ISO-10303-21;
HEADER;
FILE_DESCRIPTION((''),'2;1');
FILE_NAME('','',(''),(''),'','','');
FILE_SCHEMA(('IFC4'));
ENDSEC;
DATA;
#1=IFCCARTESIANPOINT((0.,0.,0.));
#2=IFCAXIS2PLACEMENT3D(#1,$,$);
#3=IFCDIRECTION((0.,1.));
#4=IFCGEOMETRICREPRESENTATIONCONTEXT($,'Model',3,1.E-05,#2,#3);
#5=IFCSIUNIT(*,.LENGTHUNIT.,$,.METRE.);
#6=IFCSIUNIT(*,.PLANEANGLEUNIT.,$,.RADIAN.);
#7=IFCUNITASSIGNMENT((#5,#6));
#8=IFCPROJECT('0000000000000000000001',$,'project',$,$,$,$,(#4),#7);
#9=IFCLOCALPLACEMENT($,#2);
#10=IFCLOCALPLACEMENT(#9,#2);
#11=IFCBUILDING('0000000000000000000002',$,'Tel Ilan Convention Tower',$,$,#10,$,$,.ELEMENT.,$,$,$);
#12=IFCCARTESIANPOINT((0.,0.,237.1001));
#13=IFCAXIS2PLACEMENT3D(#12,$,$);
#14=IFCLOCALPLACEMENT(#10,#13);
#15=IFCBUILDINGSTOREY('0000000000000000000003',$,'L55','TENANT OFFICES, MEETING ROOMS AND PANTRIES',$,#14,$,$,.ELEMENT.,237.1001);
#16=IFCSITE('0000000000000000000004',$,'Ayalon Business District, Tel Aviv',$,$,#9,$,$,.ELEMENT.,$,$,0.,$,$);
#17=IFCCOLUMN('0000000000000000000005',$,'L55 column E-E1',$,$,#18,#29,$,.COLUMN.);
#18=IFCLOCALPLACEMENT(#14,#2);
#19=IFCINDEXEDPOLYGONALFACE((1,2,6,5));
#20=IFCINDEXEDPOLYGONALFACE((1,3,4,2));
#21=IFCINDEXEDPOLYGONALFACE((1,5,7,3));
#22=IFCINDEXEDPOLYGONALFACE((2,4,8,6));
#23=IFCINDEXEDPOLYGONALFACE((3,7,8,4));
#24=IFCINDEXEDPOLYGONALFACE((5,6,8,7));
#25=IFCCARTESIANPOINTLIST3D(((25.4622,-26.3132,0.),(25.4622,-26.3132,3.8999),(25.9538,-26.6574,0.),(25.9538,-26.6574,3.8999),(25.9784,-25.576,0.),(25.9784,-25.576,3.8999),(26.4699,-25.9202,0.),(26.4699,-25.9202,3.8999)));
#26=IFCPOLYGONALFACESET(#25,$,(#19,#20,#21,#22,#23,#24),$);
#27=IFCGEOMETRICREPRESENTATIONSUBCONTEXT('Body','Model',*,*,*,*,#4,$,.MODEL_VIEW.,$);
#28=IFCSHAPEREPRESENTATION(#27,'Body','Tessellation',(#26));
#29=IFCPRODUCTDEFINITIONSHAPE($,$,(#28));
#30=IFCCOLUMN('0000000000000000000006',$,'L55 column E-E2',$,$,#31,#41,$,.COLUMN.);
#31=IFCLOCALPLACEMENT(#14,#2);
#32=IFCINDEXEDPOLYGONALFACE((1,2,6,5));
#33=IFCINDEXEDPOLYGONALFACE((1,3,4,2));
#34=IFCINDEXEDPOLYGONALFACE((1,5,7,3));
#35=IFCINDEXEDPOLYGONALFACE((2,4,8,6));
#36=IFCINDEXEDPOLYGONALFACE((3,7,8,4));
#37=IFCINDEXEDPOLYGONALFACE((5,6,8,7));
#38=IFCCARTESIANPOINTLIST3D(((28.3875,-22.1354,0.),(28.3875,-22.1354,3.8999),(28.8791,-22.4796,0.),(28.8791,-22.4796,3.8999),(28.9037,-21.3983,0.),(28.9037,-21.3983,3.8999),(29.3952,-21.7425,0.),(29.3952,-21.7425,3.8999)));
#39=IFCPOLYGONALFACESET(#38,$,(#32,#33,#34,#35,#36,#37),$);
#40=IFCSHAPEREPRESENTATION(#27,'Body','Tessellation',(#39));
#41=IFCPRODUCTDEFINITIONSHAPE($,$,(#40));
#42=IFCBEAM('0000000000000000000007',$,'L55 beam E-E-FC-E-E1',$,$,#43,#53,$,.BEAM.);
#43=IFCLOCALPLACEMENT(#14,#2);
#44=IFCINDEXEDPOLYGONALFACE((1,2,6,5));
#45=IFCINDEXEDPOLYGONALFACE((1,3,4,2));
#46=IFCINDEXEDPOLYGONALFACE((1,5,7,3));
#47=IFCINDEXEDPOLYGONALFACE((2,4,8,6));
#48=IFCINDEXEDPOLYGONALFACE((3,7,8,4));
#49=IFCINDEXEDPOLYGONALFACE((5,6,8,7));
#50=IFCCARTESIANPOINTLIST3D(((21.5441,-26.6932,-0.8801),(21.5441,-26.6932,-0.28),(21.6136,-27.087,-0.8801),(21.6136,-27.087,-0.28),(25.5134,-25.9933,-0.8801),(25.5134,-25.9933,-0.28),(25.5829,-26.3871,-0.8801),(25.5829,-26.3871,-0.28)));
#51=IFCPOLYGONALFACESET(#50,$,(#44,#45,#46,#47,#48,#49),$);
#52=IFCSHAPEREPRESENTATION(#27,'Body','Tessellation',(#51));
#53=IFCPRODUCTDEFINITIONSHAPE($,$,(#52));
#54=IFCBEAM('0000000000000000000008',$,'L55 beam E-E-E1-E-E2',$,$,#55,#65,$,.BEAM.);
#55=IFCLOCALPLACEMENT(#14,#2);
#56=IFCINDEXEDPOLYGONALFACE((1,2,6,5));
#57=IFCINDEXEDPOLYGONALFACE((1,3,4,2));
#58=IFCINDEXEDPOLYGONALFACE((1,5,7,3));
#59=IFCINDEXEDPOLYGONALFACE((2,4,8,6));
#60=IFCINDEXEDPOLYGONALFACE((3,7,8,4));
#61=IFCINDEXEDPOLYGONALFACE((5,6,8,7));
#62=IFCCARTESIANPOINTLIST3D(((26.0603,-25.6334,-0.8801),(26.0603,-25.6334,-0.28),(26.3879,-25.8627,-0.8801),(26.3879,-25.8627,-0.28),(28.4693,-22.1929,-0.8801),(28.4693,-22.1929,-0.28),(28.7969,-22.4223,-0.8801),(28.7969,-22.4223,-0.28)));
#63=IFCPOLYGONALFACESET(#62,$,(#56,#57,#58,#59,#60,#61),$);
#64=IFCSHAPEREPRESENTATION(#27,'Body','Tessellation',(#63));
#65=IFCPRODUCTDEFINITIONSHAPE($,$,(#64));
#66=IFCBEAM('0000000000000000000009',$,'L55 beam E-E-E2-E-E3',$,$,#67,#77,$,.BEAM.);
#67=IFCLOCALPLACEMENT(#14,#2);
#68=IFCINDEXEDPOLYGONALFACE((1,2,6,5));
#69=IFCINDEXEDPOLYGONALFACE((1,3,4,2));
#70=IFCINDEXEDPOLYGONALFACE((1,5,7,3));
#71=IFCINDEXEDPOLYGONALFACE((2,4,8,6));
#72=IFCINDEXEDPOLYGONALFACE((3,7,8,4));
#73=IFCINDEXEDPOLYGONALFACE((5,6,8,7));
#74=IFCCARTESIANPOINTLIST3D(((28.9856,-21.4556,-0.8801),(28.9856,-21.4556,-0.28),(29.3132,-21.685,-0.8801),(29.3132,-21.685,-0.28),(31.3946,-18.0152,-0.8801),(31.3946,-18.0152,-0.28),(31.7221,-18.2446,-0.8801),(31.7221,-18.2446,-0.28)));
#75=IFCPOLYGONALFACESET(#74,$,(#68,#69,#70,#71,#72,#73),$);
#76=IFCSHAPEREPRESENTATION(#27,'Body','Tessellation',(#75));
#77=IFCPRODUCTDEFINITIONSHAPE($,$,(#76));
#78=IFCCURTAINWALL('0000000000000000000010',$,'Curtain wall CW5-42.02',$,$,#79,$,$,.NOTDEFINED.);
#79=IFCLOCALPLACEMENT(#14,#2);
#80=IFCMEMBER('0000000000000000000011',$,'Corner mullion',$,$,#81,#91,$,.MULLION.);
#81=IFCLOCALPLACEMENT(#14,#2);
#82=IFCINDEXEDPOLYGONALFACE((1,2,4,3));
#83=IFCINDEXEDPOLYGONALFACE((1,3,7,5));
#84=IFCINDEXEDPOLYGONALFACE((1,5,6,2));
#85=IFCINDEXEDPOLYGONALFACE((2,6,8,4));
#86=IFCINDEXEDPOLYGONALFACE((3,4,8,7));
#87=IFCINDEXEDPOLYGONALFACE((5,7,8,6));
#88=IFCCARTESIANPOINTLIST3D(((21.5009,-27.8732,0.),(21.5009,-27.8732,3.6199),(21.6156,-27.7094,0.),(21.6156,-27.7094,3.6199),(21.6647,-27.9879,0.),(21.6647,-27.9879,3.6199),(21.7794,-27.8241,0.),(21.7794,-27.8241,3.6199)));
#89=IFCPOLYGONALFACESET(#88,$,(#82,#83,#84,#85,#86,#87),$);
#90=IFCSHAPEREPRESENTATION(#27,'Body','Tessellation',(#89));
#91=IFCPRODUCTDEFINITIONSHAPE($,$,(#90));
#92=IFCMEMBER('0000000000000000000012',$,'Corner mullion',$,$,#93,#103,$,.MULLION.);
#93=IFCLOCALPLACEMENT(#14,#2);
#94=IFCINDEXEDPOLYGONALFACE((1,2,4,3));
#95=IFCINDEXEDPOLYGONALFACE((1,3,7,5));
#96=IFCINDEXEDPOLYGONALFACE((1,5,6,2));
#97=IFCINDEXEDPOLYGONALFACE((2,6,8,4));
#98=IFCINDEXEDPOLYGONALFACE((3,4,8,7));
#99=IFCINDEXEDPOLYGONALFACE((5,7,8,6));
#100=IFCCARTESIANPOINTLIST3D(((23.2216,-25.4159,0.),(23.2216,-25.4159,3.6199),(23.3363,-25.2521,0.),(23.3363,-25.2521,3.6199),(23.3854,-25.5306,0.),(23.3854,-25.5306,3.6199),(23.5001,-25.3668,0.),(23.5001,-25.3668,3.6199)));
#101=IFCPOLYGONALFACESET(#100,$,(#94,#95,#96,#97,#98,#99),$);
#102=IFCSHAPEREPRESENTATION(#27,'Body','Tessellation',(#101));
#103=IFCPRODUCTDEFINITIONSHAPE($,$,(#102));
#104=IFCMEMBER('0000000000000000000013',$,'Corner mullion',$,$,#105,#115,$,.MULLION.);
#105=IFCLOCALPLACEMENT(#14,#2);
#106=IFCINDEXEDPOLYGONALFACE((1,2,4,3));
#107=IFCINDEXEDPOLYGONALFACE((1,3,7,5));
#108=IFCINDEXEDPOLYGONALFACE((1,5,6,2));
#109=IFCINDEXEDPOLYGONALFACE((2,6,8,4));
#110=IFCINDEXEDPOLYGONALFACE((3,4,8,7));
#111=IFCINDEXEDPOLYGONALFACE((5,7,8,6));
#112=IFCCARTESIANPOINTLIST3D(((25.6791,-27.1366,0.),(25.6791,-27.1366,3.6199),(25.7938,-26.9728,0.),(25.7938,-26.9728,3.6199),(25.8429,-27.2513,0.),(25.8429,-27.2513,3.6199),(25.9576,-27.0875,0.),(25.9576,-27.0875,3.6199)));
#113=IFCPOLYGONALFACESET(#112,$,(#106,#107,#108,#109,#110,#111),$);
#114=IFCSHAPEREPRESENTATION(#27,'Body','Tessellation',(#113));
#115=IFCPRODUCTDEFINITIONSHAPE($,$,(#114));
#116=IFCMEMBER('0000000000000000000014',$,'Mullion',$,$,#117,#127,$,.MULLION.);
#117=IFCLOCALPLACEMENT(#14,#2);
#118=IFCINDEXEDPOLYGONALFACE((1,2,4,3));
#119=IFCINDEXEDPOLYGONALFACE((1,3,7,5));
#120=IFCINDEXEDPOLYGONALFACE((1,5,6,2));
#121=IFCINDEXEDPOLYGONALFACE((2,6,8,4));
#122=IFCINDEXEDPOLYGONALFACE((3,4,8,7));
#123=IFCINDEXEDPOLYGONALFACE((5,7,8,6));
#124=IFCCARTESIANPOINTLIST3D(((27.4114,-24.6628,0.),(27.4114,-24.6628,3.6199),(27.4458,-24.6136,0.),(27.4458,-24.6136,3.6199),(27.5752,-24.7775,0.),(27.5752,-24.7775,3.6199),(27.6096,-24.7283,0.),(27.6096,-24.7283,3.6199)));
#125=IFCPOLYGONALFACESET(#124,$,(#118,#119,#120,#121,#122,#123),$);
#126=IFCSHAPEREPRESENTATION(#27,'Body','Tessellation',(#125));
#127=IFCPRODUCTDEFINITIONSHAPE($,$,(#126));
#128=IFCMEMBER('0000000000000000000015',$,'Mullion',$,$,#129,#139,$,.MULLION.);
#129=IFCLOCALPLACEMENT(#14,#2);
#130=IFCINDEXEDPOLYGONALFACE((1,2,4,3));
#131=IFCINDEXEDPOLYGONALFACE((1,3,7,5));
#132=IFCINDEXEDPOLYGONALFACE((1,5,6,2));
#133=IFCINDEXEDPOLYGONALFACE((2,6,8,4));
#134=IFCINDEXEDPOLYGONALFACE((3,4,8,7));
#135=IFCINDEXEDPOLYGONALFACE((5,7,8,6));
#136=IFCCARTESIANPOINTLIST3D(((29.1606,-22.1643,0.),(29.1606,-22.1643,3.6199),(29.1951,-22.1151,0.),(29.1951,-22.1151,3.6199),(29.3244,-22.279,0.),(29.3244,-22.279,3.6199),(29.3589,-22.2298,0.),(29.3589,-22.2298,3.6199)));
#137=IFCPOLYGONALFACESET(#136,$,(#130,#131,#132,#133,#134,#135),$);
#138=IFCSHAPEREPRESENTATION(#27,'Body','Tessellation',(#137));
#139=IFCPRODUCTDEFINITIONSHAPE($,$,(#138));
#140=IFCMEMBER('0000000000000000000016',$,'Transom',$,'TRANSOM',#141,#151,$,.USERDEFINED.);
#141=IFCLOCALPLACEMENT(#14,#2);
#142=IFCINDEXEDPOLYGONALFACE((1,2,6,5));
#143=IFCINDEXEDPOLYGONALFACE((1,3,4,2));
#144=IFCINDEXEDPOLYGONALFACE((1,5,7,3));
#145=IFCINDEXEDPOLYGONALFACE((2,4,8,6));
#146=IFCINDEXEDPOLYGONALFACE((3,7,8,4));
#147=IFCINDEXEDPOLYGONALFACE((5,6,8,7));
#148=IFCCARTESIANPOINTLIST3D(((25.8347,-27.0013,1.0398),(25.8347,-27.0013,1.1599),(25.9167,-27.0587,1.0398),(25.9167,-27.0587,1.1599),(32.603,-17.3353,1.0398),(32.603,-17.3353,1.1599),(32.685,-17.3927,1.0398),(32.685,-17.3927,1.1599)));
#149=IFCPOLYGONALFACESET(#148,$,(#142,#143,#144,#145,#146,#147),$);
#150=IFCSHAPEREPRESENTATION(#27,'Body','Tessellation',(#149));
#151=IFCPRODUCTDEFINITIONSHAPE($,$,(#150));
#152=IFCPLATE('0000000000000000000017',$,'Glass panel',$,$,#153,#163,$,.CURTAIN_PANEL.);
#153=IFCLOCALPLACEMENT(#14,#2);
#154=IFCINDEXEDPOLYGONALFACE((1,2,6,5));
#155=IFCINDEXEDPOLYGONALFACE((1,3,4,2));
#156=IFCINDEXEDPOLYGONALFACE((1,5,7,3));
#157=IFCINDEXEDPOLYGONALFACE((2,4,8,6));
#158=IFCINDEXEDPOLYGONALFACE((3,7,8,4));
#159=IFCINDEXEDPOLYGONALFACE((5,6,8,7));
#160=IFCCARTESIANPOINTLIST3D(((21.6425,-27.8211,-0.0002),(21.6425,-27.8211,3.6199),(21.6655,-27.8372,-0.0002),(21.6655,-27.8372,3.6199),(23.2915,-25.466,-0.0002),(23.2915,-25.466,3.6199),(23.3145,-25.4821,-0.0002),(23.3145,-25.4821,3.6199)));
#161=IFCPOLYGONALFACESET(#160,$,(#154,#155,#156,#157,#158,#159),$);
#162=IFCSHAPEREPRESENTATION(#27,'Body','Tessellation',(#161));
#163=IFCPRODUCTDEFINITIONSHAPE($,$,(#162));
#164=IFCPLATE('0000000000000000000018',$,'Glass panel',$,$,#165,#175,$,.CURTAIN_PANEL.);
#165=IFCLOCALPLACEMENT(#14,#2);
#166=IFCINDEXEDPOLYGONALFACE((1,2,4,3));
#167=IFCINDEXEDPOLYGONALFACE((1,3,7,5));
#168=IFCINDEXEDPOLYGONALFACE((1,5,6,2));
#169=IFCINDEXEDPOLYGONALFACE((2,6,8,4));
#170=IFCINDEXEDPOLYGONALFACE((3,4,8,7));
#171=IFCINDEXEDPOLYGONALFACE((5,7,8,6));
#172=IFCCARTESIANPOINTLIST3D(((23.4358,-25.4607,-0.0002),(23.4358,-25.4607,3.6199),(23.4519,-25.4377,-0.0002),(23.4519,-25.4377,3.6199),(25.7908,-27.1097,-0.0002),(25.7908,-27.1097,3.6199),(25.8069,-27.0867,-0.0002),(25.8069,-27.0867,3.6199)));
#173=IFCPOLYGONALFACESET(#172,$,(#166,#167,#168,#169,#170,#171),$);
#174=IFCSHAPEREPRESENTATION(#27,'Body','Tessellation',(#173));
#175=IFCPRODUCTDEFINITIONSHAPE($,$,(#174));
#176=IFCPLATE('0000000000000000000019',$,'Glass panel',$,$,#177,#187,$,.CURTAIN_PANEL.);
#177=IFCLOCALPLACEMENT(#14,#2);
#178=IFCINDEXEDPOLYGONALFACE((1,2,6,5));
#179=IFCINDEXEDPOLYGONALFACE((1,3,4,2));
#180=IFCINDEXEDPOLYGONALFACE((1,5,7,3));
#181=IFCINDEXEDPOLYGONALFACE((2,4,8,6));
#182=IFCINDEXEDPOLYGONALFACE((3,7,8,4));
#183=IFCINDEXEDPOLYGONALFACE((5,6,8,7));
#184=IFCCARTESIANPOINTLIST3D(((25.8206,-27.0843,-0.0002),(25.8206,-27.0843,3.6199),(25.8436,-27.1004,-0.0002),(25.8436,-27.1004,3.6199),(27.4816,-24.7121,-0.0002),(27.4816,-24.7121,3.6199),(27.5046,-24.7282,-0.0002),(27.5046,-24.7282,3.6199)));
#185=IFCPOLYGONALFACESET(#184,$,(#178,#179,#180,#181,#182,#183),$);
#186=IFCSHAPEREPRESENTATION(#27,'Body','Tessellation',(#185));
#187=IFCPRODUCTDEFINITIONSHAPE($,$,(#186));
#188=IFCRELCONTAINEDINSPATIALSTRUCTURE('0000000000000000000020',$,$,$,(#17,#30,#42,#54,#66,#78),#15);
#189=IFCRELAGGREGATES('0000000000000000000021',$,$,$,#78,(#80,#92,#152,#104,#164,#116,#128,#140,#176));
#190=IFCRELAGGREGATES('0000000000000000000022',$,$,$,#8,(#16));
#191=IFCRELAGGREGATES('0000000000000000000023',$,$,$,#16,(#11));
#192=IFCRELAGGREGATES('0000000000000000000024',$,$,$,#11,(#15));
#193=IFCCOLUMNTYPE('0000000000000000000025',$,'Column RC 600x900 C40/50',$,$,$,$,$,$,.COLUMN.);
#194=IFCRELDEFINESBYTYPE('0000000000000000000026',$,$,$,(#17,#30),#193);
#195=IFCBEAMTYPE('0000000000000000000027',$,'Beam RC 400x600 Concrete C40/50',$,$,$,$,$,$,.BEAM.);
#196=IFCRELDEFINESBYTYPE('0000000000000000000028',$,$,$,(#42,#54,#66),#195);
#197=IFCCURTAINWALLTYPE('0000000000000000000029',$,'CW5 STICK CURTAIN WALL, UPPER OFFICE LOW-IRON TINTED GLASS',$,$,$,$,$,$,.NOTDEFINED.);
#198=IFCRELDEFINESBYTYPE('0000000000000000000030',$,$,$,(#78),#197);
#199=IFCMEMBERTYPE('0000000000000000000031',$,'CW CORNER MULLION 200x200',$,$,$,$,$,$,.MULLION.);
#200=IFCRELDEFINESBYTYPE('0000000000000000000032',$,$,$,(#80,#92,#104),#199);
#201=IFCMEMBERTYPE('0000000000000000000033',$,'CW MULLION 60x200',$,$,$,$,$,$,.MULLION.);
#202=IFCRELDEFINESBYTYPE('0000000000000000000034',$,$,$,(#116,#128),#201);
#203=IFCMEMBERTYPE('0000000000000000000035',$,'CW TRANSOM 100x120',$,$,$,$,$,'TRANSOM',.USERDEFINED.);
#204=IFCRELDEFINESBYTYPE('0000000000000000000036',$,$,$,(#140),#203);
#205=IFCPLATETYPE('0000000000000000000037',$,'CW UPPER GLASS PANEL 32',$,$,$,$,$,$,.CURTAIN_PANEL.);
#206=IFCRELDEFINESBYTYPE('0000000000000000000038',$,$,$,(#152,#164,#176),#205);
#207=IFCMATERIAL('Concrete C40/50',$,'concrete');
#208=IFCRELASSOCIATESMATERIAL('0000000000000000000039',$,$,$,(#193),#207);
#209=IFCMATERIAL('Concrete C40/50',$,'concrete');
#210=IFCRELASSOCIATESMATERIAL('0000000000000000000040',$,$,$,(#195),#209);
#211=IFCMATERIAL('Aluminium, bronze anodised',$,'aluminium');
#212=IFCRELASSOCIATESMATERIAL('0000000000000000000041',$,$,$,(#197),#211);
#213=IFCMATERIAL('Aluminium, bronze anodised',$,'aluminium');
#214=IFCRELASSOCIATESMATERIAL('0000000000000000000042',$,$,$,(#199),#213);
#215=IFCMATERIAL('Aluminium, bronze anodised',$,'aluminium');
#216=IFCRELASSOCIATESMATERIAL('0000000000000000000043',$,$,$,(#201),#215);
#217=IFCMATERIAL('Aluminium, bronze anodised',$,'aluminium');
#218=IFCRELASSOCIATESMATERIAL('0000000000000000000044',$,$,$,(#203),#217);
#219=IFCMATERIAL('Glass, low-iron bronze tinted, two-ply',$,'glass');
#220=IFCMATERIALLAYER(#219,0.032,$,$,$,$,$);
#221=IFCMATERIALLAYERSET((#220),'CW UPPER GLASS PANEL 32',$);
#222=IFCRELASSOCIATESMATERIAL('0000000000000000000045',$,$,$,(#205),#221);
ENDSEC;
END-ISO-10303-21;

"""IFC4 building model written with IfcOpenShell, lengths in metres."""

from ifc_helpers import new_model, si_unit, direction, frame, origin, origin_2d, place, context, subcontext, project, spatial, rectangle, extrude, material, layer, layer_set, material_profile, profile_set, type_object, element, aggregate, save


model = new_model("IFC4")

# Units and contexts
model_context = context("Model", 3, precision=1e-05, world=origin(), true_north=direction((0.0, 1.0)))
body_context = subcontext(model_context, "Body", "Model", "MODEL_VIEW")
ifc_project = project(units=[si_unit("LENGTHUNIT", "METRE"), si_unit("PLANEANGLEUNIT", "RADIAN")], contexts=[model_context])

# Site, building, storey
site_placement = place(None, origin())
site = spatial("IfcSite", under=ifc_project, at=site_placement, Name="Ayalon Business District, Tel Aviv", CompositionType="ELEMENT", RefElevation=0.0)
building_placement = place(site_placement, origin())
building = spatial("IfcBuilding", under=site, at=building_placement, Name="Tel Ilan Convention Tower", CompositionType="ELEMENT")
storey_placement = place(building_placement, frame((0.0, 0.0, 237.1001)))
storey = spatial("IfcBuildingStorey", under=building, at=storey_placement, Name="L55", Description="TENANT OFFICES, MEETING ROOMS AND PANTRIES", CompositionType="ELEMENT", Elevation=237.1001)

# Columns
ifc_material_1 = material(Name="Concrete C40/50", Category="concrete")
ifc_material_profile_1 = material_profile(ifc_material_1, rectangle(XDim=0.8999, YDim=0.6001, at=origin_2d()), Name="RC 600x900")
ifc_profile_set_1 = profile_set([ifc_material_profile_1], Name="Concrete C40/50")
column_type = type_object("IfcColumnType", Name="Column RC 600x900 C40/50", PredefinedType="COLUMN", material=ifc_profile_set_1)
for number, where, z_axis, x_axis, name in (
    (1, (25.9661, -26.1167, 0.0), (0.0, 0.0, 1.0), (0.573576, 0.819152, 0.0), "L55 column E-E1"),
    (2, (28.8914, -21.939, 0.0), (0.0, 0.0, 1.0), (0.573576, 0.819152, 0.0), "L55 column E-E2"),
):
    element("IfcColumn", number, at=place(storey_placement, frame(where, z_axis=z_axis, x_axis=x_axis)), inside=storey, type_object=column_type, Name=name, PredefinedType="COLUMN", context=body_context, shape_type="SweptSolid", body=[
        extrude(rectangle(XDim=0.8999, YDim=0.6001, at=origin_2d()), origin(), (0.0, 0.0, 1.0), 3.8999),
    ])

# Beams
ifc_material_2 = material(Name="Concrete C40/50", Category="concrete")
ifc_material_profile_2 = material_profile(ifc_material_2, rectangle(XDim=0.3999, YDim=0.6001, at=origin_2d()), Name="RC 400x600")
ifc_profile_set_2 = profile_set([ifc_material_profile_2], Name="Concrete C40/50")
beam_type = type_object("IfcBeamType", Name="Beam RC 400x600 Concrete C40/50", PredefinedType="BEAM", material=ifc_profile_set_2)
beam_placement = place(storey_placement, frame((21.5789, -26.8901, -0.5801), z_axis=(0.984805, 0.173664, 0.0), x_axis=(-0.173664, 0.984805, 0.0)))
element("IfcBeam", 3, at=beam_placement, inside=storey, type_object=beam_type, Name="L55 beam E-E-FC-E-E1", PredefinedType="BEAM", context=body_context, shape_type="SweptSolid", body=[
    extrude(rectangle(XDim=0.3999, YDim=0.6001, at=origin_2d()), origin(), (0.0, 0.0, 1.0), 4.0305),
])
for number, where, z_axis, x_axis, name in (
    (4, (26.2241, -25.748, -0.5801), (0.573564, 0.819161, 0.0), (-0.819161, 0.573564, 0.0), "L55 beam E-E-E1-E-E2"),
    (5, (29.1494, -21.5703, -0.5801), (0.573564, 0.819161, 0.0), (-0.819161, 0.573564, 0.0), "L55 beam E-E-E2-E-E3"),
):
    element("IfcBeam", number, at=place(storey_placement, frame(where, z_axis=z_axis, x_axis=x_axis)), inside=storey, type_object=beam_type, Name=name, PredefinedType="BEAM", context=body_context, shape_type="SweptSolid", body=[
        extrude(rectangle(XDim=0.3999, YDim=0.6001, at=origin_2d()), origin(), (0.0, 0.0, 1.0), 4.2),
    ])

# Curtain wall, members, plates
ifc_material_3 = material(Name="Aluminium, bronze anodised", Category="aluminium")
curtain_wall_type = type_object("IfcCurtainWallType", Name="CW5 STICK CURTAIN WALL, UPPER OFFICE LOW-IRON TINTED GLASS", PredefinedType="NOTDEFINED", material=ifc_material_3)
curtain_wall_placement = place(storey_placement, origin())
curtain_wall = element("IfcCurtainWall", 6, at=curtain_wall_placement, inside=storey, type_object=curtain_wall_type, Name="Curtain wall CW5-42.02", PredefinedType="NOTDEFINED")
ifc_material_4 = material(Name="Aluminium, bronze anodised", Category="aluminium")
ifc_material_profile_3 = material_profile(ifc_material_4, rectangle(XDim=0.2, YDim=0.2, at=origin_2d()), Name="CW CORNER MULLION 200x200")
ifc_profile_set_3 = profile_set([ifc_material_profile_3], Name="Aluminium, bronze anodised")
member_type_1 = type_object("IfcMemberType", Name="CW CORNER MULLION 200x200", PredefinedType="MULLION", material=ifc_profile_set_3)
member_1_placement = place(storey_placement, frame((21.6401, -27.8486, 0.0), z_axis=(0.0, 0.0, 1.0), x_axis=(0.819152, -0.573576, 0.0)))
member_1 = element("IfcMember", 7, at=member_1_placement, type_object=member_type_1, Name="Corner mullion", PredefinedType="MULLION", context=body_context, shape_type="SweptSolid", body=[
    extrude(rectangle(XDim=0.2, YDim=0.2, at=origin_2d()), origin(), (0.0, 0.0, 1.0), 3.6199),
])
member_2_placement = place(storey_placement, frame((23.3608, -25.3914, 0.0), z_axis=(0.0, 0.0, 1.0), x_axis=(0.573576, 0.819152, 0.0)))
member_2 = element("IfcMember", 8, at=member_2_placement, type_object=member_type_1, Name="Corner mullion", PredefinedType="MULLION", context=body_context, shape_type="SweptSolid", body=[
    extrude(rectangle(XDim=0.2, YDim=0.2, at=origin_2d()), origin(), (0.0, 0.0, 1.0), 3.6199),
])
member_3_placement = place(storey_placement, frame((25.8184, -27.1121, 0.0), z_axis=(0.0, 0.0, 1.0), x_axis=(0.819152, -0.573576, 0.0)))
member_3 = element("IfcMember", 9, at=member_3_placement, type_object=member_type_1, Name="Corner mullion", PredefinedType="MULLION", context=body_context, shape_type="SweptSolid", body=[
    extrude(rectangle(XDim=0.2, YDim=0.2, at=origin_2d()), origin(), (0.0, 0.0, 1.0), 3.6199),
])
ifc_material_5 = material(Name="Aluminium, bronze anodised", Category="aluminium")
ifc_material_profile_4 = material_profile(ifc_material_5, rectangle(XDim=0.0601, YDim=0.2, at=origin_2d()), Name="CW MULLION 60x200")
ifc_profile_set_4 = profile_set([ifc_material_profile_4], Name="Aluminium, bronze anodised")
member_type_2 = type_object("IfcMemberType", Name="CW MULLION 60x200", PredefinedType="MULLION", material=ifc_profile_set_4)
member_4_placement = place(storey_placement, frame((27.5105, -24.6956, 0.0), z_axis=(0.0, 0.0, 1.0), x_axis=(0.573576, 0.819152, 0.0)))
member_4 = element("IfcMember", 10, at=member_4_placement, type_object=member_type_2, Name="Mullion", PredefinedType="MULLION", context=body_context, shape_type="SweptSolid", body=[
    extrude(rectangle(XDim=0.0601, YDim=0.2, at=origin_2d()), origin(), (0.0, 0.0, 1.0), 3.6199),
])
member_5_placement = place(storey_placement, frame((29.2598, -22.197, 0.0), z_axis=(0.0, 0.0, 1.0), x_axis=(0.573576, 0.819152, 0.0)))
member_5 = element("IfcMember", 11, at=member_5_placement, type_object=member_type_2, Name="Mullion", PredefinedType="MULLION", context=body_context, shape_type="SweptSolid", body=[
    extrude(rectangle(XDim=0.0601, YDim=0.2, at=origin_2d()), origin(), (0.0, 0.0, 1.0), 3.6199),
])
ifc_material_6 = material(Name="Aluminium, bronze anodised", Category="aluminium")
ifc_material_profile_5 = material_profile(ifc_material_6, rectangle(XDim=0.1001, YDim=0.1201, at=origin_2d()), Name="CW TRANSOM 100x120")
ifc_profile_set_5 = profile_set([ifc_material_profile_5], Name="Aluminium, bronze anodised")
member_type_3 = type_object("IfcMemberType", Name="CW TRANSOM 100x120", ElementType="TRANSOM", PredefinedType="USERDEFINED", material=ifc_profile_set_5)
member_6_placement = place(storey_placement, frame((25.8757, -27.03, 1.0999), z_axis=(0.573582, 0.819148, 0.0), x_axis=(-0.819148, 0.573582, 0.0)))
member_6 = element("IfcMember", 12, at=member_6_placement, type_object=member_type_3, Name="Transom", ObjectType="TRANSOM", PredefinedType="USERDEFINED", context=body_context, shape_type="SweptSolid", body=[
    extrude(rectangle(XDim=0.1001, YDim=0.1201, at=origin_2d()), origin(), (0.0, 0.0, 1.0), 11.8),
])
ifc_material_7 = material(Name="Glass, low-iron bronze tinted, two-ply", Category="glass")
ifc_layer_1 = layer(ifc_material_7, 0.032)
ifc_layer_set_1 = layer_set([ifc_layer_1], Name="CW UPPER GLASS PANEL 32")
plate_type = type_object("IfcPlateType", Name="CW UPPER GLASS PANEL 32", PredefinedType="CURTAIN_PANEL", material=ifc_layer_set_1)
plate_1_placement = place(storey_placement, frame((22.4785, -26.6516, -0.0002), z_axis=(0.0, 0.0, 1.0), x_axis=(0.573576, 0.819152, 0.0)))
plate_1 = element("IfcPlate", 13, at=plate_1_placement, type_object=plate_type, Name="Glass panel", PredefinedType="CURTAIN_PANEL", context=body_context, shape_type="SweptSolid", body=[
    extrude(rectangle(XDim=2.875, YDim=0.0281, at=origin_2d()), origin(), (0.0, 0.0, 1.0), 3.6201),
])
plate_2_placement = place(storey_placement, frame((24.6213, -26.2737, -0.0002), z_axis=(0.0, 0.0, 1.0), x_axis=(0.819152, -0.573576, 0.0)))
plate_2 = element("IfcPlate", 14, at=plate_2_placement, type_object=plate_type, Name="Glass panel", PredefinedType="CURTAIN_PANEL", context=body_context, shape_type="SweptSolid", body=[
    extrude(rectangle(XDim=2.875, YDim=0.0281, at=origin_2d()), origin(), (0.0, 0.0, 1.0), 3.6201),
])
plate_3_placement = place(storey_placement, frame((26.6626, -25.9062, -0.0002), z_axis=(0.0, 0.0, 1.0), x_axis=(0.573576, 0.819152, 0.0)))
plate_3 = element("IfcPlate", 15, at=plate_3_placement, type_object=plate_type, Name="Glass panel", PredefinedType="CURTAIN_PANEL", context=body_context, shape_type="SweptSolid", body=[
    extrude(rectangle(XDim=2.896, YDim=0.0281, at=origin_2d()), origin(), (0.0, 0.0, 1.0), 3.6201),
])
aggregate(curtain_wall, [member_1, member_2, plate_1, member_3, plate_2, member_4, member_5, member_6, plate_3])

save(model, "model.ifc")
